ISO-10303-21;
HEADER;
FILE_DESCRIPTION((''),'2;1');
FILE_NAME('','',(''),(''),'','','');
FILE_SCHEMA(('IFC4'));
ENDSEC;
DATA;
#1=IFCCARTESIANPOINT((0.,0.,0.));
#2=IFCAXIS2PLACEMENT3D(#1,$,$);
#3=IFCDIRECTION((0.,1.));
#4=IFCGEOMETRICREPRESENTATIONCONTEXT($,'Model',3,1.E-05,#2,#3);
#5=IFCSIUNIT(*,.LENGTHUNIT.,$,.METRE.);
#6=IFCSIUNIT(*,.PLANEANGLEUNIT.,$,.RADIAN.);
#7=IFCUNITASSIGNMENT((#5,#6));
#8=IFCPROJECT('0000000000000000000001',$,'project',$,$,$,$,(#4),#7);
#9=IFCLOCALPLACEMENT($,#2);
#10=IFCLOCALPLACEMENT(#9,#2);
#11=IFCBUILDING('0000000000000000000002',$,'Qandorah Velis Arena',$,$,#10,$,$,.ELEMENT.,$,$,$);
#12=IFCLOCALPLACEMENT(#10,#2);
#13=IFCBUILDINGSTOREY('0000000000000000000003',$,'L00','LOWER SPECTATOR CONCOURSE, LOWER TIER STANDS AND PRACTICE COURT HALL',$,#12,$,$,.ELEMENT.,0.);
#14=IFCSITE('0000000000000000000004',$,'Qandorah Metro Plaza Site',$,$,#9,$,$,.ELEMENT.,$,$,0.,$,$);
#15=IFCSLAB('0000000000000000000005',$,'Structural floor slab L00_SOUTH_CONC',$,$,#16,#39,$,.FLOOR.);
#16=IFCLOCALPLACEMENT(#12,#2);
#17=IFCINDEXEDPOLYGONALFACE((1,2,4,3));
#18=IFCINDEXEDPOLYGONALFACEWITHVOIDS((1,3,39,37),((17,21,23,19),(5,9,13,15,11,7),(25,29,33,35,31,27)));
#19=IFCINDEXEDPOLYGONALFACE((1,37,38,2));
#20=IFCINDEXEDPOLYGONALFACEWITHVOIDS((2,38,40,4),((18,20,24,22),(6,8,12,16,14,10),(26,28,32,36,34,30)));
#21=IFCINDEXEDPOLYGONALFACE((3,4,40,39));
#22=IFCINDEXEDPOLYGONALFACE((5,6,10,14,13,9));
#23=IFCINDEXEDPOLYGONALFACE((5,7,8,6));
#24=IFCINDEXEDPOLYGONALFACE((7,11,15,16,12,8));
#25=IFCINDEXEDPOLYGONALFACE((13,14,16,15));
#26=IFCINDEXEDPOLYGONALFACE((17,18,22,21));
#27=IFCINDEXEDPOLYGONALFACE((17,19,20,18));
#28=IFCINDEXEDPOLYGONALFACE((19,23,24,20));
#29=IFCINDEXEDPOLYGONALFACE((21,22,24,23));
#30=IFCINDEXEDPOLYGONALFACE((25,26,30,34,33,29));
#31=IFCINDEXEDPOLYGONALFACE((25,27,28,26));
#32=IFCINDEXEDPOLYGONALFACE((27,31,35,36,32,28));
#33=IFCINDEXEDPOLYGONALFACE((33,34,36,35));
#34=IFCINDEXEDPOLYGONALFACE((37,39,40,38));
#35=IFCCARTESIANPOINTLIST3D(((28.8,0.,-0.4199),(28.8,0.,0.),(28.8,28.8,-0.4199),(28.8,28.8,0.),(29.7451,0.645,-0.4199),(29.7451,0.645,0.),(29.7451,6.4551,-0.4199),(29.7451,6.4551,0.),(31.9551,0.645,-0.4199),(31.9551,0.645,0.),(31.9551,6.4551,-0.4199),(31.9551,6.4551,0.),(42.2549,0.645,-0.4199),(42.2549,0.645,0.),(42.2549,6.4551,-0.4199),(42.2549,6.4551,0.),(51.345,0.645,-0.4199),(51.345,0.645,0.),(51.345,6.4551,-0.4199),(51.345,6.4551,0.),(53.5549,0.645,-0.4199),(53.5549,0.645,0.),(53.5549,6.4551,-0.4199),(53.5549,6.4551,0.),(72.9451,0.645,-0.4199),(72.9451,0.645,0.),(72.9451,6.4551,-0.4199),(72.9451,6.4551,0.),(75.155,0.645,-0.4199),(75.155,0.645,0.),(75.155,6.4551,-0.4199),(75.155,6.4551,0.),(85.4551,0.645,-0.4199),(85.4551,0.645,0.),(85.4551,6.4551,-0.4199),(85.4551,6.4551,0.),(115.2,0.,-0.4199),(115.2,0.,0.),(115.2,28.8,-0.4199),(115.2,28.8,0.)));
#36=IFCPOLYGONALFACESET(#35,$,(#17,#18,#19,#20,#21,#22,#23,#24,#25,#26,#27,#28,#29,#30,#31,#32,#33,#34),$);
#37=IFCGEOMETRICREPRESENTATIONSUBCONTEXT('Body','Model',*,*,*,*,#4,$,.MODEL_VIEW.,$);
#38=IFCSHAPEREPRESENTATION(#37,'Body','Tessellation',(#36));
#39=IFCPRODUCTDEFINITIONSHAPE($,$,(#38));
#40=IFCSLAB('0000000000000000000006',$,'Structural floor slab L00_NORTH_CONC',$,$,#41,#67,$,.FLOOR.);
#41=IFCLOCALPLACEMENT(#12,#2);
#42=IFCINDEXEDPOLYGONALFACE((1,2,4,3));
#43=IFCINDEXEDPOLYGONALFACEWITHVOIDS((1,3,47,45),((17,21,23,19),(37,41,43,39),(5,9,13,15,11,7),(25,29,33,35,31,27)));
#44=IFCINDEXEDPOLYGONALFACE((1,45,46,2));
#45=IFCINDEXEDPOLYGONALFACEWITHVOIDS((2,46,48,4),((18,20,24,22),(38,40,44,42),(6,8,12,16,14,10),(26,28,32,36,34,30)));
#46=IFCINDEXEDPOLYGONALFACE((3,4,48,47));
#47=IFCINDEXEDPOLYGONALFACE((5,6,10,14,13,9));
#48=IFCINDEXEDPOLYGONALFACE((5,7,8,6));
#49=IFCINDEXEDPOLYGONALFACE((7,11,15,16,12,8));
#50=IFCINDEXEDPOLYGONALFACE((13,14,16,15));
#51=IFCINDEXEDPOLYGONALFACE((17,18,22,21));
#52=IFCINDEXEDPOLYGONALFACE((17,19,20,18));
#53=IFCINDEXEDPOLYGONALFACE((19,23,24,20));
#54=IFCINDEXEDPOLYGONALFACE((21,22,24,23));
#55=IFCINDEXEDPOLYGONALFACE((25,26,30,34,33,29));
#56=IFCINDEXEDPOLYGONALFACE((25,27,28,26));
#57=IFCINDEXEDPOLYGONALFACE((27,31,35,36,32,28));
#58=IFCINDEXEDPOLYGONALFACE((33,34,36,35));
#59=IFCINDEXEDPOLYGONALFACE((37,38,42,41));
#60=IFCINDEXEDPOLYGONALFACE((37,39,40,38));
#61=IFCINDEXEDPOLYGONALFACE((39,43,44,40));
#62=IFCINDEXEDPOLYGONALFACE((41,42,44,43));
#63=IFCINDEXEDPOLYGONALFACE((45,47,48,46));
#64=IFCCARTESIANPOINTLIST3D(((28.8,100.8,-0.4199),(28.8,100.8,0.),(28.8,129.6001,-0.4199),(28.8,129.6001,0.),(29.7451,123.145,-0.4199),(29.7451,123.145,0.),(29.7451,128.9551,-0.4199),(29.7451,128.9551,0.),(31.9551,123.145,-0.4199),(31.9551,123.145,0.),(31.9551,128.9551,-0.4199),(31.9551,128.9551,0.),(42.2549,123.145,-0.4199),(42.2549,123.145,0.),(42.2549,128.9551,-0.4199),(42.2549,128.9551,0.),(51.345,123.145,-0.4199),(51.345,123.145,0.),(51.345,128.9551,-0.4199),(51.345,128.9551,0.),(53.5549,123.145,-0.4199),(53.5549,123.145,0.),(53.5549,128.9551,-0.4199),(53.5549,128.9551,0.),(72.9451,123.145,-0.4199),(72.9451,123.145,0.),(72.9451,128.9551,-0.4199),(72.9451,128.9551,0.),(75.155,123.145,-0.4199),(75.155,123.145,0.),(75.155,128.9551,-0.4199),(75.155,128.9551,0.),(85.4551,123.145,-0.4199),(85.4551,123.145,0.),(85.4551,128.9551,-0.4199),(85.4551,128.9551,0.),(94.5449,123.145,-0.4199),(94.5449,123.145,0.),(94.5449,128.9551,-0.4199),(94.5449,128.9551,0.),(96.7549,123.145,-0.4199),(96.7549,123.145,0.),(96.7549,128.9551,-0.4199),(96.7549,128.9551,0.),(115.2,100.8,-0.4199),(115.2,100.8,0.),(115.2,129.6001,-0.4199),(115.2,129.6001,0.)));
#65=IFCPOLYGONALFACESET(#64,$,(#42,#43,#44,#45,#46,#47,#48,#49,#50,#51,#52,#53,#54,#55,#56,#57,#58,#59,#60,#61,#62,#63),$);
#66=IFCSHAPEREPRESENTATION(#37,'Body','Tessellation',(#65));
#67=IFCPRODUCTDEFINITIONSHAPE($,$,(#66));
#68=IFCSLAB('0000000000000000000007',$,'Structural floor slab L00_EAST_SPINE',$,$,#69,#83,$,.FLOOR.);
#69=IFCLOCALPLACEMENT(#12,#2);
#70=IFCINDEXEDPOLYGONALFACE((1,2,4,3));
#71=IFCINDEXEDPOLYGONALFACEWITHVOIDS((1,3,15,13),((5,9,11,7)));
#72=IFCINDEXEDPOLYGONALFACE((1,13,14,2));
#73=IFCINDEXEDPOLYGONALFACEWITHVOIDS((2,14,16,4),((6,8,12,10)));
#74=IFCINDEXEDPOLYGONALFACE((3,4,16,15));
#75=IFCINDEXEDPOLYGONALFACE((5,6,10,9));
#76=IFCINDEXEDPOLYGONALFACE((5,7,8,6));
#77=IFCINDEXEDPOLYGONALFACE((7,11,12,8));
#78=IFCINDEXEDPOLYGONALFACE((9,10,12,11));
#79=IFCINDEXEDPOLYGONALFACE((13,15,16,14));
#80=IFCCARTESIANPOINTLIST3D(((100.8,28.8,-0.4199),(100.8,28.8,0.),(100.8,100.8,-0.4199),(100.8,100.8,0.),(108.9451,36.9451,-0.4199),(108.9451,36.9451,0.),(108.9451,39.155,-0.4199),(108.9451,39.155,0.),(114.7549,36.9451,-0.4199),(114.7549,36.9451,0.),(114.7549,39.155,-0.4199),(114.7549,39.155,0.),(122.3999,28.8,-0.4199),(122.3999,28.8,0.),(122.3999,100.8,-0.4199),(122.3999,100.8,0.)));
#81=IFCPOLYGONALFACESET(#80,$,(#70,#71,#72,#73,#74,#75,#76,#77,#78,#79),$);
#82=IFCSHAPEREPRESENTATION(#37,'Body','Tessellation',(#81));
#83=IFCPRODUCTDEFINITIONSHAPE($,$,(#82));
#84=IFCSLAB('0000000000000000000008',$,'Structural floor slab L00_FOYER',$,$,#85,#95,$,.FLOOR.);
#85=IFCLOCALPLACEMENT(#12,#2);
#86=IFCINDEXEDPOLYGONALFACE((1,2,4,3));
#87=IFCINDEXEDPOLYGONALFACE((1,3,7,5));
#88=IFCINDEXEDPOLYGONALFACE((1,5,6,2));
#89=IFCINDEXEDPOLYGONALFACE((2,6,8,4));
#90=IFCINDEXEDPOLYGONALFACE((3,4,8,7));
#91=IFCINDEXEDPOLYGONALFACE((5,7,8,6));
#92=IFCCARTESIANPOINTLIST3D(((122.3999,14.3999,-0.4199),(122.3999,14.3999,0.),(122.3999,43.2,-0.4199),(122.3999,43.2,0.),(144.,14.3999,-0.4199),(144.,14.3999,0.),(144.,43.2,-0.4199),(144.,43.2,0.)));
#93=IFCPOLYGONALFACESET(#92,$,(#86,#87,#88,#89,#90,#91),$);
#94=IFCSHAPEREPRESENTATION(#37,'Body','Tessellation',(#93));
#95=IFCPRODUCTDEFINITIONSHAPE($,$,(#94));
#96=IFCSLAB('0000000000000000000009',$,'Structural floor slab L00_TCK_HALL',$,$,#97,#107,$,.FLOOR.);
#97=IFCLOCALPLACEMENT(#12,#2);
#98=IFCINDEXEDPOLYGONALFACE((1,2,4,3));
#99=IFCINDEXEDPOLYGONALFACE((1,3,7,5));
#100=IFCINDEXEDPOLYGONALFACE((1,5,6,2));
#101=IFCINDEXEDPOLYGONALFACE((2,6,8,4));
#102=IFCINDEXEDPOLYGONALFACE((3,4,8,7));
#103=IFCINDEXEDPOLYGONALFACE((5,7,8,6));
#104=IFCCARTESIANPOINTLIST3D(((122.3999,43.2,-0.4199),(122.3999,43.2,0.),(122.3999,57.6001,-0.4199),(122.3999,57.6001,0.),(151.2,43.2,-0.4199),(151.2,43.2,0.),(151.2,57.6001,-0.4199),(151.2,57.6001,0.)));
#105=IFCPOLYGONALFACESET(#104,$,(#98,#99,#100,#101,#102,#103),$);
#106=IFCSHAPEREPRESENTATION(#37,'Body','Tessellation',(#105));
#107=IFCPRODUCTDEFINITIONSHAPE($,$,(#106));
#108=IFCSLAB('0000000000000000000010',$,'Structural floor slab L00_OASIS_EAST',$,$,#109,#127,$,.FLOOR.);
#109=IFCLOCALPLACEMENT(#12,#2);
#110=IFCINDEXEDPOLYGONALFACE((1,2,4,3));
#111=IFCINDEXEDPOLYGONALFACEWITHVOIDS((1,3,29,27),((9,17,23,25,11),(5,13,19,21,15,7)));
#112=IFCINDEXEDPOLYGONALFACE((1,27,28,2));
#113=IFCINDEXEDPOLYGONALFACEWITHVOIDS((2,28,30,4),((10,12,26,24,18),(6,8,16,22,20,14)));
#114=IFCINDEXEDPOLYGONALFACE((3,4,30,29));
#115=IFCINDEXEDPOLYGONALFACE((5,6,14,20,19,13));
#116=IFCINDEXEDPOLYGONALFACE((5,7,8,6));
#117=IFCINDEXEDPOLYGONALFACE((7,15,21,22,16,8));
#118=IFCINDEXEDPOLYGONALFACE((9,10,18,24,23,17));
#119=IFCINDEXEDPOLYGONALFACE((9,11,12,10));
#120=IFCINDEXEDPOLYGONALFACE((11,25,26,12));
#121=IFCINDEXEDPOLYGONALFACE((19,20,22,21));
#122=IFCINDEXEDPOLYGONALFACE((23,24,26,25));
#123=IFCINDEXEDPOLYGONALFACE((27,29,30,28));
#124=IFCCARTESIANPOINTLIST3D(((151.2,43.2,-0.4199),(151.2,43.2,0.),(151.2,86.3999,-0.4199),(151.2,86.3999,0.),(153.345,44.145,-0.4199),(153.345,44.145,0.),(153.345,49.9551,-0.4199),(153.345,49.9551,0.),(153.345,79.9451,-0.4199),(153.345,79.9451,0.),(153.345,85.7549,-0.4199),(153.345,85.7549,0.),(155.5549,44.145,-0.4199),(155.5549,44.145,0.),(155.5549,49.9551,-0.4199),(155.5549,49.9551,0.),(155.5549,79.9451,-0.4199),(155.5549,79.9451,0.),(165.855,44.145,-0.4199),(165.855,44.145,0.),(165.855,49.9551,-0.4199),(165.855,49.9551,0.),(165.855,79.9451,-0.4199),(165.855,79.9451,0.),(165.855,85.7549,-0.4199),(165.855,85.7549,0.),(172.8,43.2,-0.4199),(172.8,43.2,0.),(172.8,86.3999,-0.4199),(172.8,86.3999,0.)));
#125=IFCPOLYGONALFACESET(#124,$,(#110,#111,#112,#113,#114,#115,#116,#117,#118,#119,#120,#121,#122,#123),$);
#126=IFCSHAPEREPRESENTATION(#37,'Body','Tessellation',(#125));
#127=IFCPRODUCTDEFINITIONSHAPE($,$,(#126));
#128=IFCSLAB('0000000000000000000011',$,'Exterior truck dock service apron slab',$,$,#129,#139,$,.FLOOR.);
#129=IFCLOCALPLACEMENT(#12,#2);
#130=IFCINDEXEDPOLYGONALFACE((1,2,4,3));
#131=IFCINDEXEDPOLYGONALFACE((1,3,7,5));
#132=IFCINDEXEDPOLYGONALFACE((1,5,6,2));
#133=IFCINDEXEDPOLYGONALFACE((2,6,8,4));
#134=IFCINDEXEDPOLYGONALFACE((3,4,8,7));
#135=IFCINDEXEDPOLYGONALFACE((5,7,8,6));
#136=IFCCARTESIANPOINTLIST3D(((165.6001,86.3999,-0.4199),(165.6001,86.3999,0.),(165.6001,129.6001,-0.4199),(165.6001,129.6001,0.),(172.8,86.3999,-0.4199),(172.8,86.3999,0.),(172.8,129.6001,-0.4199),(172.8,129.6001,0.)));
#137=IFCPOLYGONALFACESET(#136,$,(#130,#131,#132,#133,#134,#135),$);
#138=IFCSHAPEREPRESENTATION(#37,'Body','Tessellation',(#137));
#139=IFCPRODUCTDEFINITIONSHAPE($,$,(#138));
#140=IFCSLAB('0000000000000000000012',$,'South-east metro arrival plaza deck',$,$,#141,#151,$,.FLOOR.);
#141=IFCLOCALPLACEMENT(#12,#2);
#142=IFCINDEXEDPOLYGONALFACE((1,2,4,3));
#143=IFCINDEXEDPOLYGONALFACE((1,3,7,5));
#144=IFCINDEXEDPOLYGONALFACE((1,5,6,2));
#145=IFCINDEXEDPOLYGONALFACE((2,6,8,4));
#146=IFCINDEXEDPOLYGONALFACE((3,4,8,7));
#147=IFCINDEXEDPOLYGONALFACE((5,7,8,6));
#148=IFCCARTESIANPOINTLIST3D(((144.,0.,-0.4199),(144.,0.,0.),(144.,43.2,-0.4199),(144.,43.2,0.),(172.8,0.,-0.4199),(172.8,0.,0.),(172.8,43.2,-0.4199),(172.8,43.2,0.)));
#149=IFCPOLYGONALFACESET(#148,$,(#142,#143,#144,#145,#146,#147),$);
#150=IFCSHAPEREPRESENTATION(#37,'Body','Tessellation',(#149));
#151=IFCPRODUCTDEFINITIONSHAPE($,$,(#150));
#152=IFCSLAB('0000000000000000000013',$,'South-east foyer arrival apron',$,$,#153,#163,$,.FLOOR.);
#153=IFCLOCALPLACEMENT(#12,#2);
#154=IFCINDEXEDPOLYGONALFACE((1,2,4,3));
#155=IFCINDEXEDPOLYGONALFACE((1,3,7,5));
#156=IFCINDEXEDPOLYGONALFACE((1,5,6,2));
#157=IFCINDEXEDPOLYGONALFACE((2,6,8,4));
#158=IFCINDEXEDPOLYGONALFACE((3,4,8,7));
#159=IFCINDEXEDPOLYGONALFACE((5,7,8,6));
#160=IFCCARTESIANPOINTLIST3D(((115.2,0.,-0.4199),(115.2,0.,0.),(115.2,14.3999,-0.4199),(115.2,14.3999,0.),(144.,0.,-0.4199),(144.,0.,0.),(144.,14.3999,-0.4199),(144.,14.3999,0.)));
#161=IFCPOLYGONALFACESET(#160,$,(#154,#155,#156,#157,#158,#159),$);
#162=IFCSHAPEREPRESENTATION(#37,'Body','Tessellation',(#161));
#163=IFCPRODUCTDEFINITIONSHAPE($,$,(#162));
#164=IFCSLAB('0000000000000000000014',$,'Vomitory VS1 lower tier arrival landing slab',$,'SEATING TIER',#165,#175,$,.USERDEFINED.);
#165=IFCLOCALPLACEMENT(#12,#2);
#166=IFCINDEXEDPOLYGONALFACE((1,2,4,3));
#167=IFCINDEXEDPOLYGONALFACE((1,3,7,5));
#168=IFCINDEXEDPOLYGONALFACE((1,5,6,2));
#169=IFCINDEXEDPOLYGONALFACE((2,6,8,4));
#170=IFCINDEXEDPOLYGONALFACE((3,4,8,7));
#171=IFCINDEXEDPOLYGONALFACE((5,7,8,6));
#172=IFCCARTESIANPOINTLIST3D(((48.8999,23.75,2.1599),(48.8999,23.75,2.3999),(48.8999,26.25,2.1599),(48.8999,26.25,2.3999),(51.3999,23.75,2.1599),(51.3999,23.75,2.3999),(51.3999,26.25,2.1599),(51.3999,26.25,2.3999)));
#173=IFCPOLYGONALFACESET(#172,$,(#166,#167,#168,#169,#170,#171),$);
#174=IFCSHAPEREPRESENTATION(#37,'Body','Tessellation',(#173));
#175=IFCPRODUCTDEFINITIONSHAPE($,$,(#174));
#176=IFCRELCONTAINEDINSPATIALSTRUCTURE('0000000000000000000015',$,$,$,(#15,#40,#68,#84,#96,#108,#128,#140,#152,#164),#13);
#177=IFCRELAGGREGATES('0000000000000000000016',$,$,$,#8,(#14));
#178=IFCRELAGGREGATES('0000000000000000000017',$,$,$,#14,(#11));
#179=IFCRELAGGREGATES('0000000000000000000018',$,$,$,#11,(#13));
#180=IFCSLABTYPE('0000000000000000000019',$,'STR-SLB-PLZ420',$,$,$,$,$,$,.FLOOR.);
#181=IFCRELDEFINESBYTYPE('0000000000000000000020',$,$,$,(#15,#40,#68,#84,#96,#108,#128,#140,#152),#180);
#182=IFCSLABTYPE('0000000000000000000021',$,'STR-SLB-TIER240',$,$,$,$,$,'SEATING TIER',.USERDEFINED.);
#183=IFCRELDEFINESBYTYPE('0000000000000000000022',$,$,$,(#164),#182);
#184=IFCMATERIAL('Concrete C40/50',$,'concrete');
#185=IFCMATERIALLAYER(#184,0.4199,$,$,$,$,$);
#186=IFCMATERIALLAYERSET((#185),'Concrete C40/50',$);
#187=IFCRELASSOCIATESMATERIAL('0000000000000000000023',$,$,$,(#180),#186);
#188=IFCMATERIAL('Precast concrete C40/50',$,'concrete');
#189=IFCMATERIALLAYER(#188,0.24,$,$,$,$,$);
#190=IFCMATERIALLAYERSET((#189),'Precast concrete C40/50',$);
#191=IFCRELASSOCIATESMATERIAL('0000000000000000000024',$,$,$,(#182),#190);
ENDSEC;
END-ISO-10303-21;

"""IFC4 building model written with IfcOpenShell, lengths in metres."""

from ifc_helpers import new_model, si_unit, direction, frame, origin, place, context, subcontext, project, spatial, polyline, outline, extrude, material, layer, layer_set, type_object, element, save


model = new_model("IFC4")

# Units and contexts
model_context = context("Model", 3, precision=1e-05, world=origin(), true_north=direction((0.0, 1.0)))
body_context = subcontext(model_context, "Body", "Model", "MODEL_VIEW")
ifc_project = project(units=[si_unit("LENGTHUNIT", "METRE"), si_unit("PLANEANGLEUNIT", "RADIAN")], contexts=[model_context])

# Site, building, storey
site_placement = place(None, origin())
site = spatial("IfcSite", under=ifc_project, at=site_placement, Name="Qandorah Metro Plaza Site", CompositionType="ELEMENT", RefElevation=0.0)
building_placement = place(site_placement, origin())
building = spatial("IfcBuilding", under=site, at=building_placement, Name="Qandorah Velis Arena", CompositionType="ELEMENT")
storey_placement = place(building_placement, origin())
storey = spatial("IfcBuildingStorey", under=building, at=storey_placement, Name="L00", Description="LOWER SPECTATOR CONCOURSE, LOWER TIER STANDS AND PRACTICE COURT HALL", CompositionType="ELEMENT", Elevation=0.0)

# Shared definitions
ifc_material_1 = material(Name="Concrete C40/50", Category="concrete")

# Slabs
ifc_layer_1 = layer(ifc_material_1, 0.4199)
ifc_layer_set_1 = layer_set([ifc_layer_1], Name="Concrete C40/50")
slab_type_1 = type_object("IfcSlabType", Name="STR-SLB-PLZ420", PredefinedType="FLOOR", material=ifc_layer_set_1)
slab_1_placement = place(storey_placement, frame((0.0, 0.0, -0.4199)))
element("IfcSlab", 1, at=slab_1_placement, inside=storey, type_object=slab_type_1, Name="Structural floor slab L00_SOUTH_CONC", PredefinedType="FLOOR", context=body_context, shape_type="SweptSolid", body=[
    extrude(outline(polyline([(28.8, 0.0), (28.8, 28.8), (115.2, 28.8), (115.2, 0.0), (28.8, 0.0)]), holes=[polyline([(42.2549, 0.645), (42.2549, 6.4551), (31.9551, 6.4551), (29.7451, 6.4551), (29.7451, 0.645), (31.9551, 0.645), (42.2549, 0.645)]), polyline([(75.155, 0.645), (85.4551, 0.645), (85.4551, 6.4551), (75.155, 6.4551), (72.9451, 6.4551), (72.9451, 0.645), (75.155, 0.645)]), polyline([(51.345, 0.645), (53.5549, 0.645), (53.5549, 6.4551), (51.345, 6.4551), (51.345, 0.645)])]), origin(), (0.0, 0.0, 1.0), 0.4199),
])
slab_2_placement = place(storey_placement, frame((0.0, 0.0, -0.4199)))
element("IfcSlab", 2, at=slab_2_placement, inside=storey, type_object=slab_type_1, Name="Structural floor slab L00_NORTH_CONC", PredefinedType="FLOOR", context=body_context, shape_type="SweptSolid", body=[
    extrude(outline(polyline([(28.8, 129.6001), (115.2, 129.6001), (115.2, 100.8), (28.8, 100.8), (28.8, 129.6001)]), holes=[polyline([(29.7451, 128.9551), (29.7451, 128.9551), (29.7451, 123.145), (31.9551, 123.145), (42.2549, 123.145), (42.2549, 128.9551), (31.9551, 128.9551), (31.9551, 128.9551), (29.7451, 128.9551)]), polyline([(75.155, 128.9551), (72.9451, 128.9551), (72.9451, 128.9551), (72.9451, 123.145), (75.155, 123.145), (85.4551, 123.145), (85.4551, 128.9551), (75.155, 128.9551), (75.155, 128.9551)]), polyline([(53.5549, 123.145), (53.5549, 128.9551), (51.345, 128.9551), (51.345, 123.145), (53.5549, 123.145)]), polyline([(94.5449, 123.145), (96.7549, 123.145), (96.7549, 128.9551), (94.5449, 128.9551), (94.5449, 123.145)])]), origin(), (0.0, 0.0, 1.0), 0.4199),
])
slab_3_placement = place(storey_placement, frame((0.0, 0.0, -0.4199)))
element("IfcSlab", 3, at=slab_3_placement, inside=storey, type_object=slab_type_1, Name="Structural floor slab L00_EAST_SPINE", PredefinedType="FLOOR", context=body_context, shape_type="SweptSolid", body=[
    extrude(outline(polyline([(100.8, 28.8), (100.8, 100.8), (122.3999, 100.8), (122.3999, 28.8), (100.8, 28.8)]), holes=[polyline([(114.7549, 39.155), (108.9451, 39.155), (108.9451, 36.9451), (114.7549, 36.9451), (114.7549, 39.155)])]), origin(), (0.0, 0.0, 1.0), 0.4199),
])
slab_4_placement = place(storey_placement, frame((0.0, 0.0, -0.4199)))
element("IfcSlab", 4, at=slab_4_placement, inside=storey, type_object=slab_type_1, Name="Structural floor slab L00_FOYER", PredefinedType="FLOOR", context=body_context, shape_type="SweptSolid", body=[
    extrude(outline(polyline([(144.0, 14.3999), (144.0, 43.2), (122.3999, 43.2), (122.3999, 14.3999), (144.0, 14.3999)])), origin(), (0.0, 0.0, 1.0), 0.4199),
])
slab_5_placement = place(storey_placement, frame((0.0, 0.0, -0.4199)))
element("IfcSlab", 5, at=slab_5_placement, inside=storey, type_object=slab_type_1, Name="Structural floor slab L00_TCK_HALL", PredefinedType="FLOOR", context=body_context, shape_type="SweptSolid", body=[
    extrude(outline(polyline([(151.2, 43.2), (151.2, 57.6001), (122.3999, 57.6001), (122.3999, 43.2), (151.2, 43.2)])), origin(), (0.0, 0.0, 1.0), 0.4199),
])
slab_6_placement = place(storey_placement, frame((0.0, 0.0, -0.4199)))
element("IfcSlab", 6, at=slab_6_placement, inside=storey, type_object=slab_type_1, Name="Structural floor slab L00_OASIS_EAST", PredefinedType="FLOOR", context=body_context, shape_type="SweptSolid", body=[
    extrude(outline(polyline([(172.8, 43.2), (151.2, 43.2), (151.2, 86.3999), (172.8, 86.3999), (172.8, 43.2)]), holes=[polyline([(155.5549, 44.145), (165.855, 44.145), (165.855, 49.9551), (155.5549, 49.9551), (153.345, 49.9551), (153.345, 44.145), (155.5549, 44.145)]), polyline([(153.345, 79.9451), (155.5549, 79.9451), (165.855, 79.9451), (165.855, 85.7549), (153.345, 85.7549), (153.345, 85.7549), (153.345, 79.9451)])]), origin(), (0.0, 0.0, 1.0), 0.4199),
])
slab_7_placement = place(storey_placement, frame((0.0, 0.0, -0.4199)))
element("IfcSlab", 7, at=slab_7_placement, inside=storey, type_object=slab_type_1, Name="Exterior truck dock service apron slab", PredefinedType="FLOOR", context=body_context, shape_type="SweptSolid", body=[
    extrude(outline(polyline([(165.6001, 86.3999), (172.8, 86.3999), (172.8, 129.6001), (165.6001, 129.6001), (165.6001, 86.3999)])), origin(), (0.0, 0.0, 1.0), 0.4199),
])
slab_8_placement = place(storey_placement, frame((0.0, 0.0, -0.4199)))
element("IfcSlab", 8, at=slab_8_placement, inside=storey, type_object=slab_type_1, Name="South-east metro arrival plaza deck", PredefinedType="FLOOR", context=body_context, shape_type="SweptSolid", body=[
    extrude(outline(polyline([(144.0, 0.0), (172.8, 0.0), (172.8, 43.2), (144.0, 43.2), (144.0, 0.0)])), origin(), (0.0, 0.0, 1.0), 0.4199),
])
slab_9_placement = place(storey_placement, frame((0.0, 0.0, -0.4199)))
element("IfcSlab", 9, at=slab_9_placement, inside=storey, type_object=slab_type_1, Name="South-east foyer arrival apron", PredefinedType="FLOOR", context=body_context, shape_type="SweptSolid", body=[
    extrude(outline(polyline([(115.2, 0.0), (144.0, 0.0), (144.0, 14.3999), (115.2, 14.3999), (115.2, 0.0)])), origin(), (0.0, 0.0, 1.0), 0.4199),
])
ifc_material_2 = material(Name="Precast concrete C40/50", Category="concrete")
ifc_layer_2 = layer(ifc_material_2, 0.24)
ifc_layer_set_2 = layer_set([ifc_layer_2], Name="Precast concrete C40/50")
slab_type_2 = type_object("IfcSlabType", Name="STR-SLB-TIER240", ElementType="SEATING TIER", PredefinedType="USERDEFINED", material=ifc_layer_set_2)
slab_10_placement = place(storey_placement, frame((0.0, 0.0, 2.1599)))
element("IfcSlab", 10, at=slab_10_placement, inside=storey, type_object=slab_type_2, Name="Vomitory VS1 lower tier arrival landing slab", ObjectType="SEATING TIER", PredefinedType="USERDEFINED", context=body_context, shape_type="SweptSolid", body=[
    extrude(outline(polyline([(48.8999, 23.75), (51.3999, 23.75), (51.3999, 26.25), (48.8999, 26.25), (48.8999, 23.75)])), origin(), (0.0, 0.0, 1.0), 0.24),
])

save(model, "model.ifc")
